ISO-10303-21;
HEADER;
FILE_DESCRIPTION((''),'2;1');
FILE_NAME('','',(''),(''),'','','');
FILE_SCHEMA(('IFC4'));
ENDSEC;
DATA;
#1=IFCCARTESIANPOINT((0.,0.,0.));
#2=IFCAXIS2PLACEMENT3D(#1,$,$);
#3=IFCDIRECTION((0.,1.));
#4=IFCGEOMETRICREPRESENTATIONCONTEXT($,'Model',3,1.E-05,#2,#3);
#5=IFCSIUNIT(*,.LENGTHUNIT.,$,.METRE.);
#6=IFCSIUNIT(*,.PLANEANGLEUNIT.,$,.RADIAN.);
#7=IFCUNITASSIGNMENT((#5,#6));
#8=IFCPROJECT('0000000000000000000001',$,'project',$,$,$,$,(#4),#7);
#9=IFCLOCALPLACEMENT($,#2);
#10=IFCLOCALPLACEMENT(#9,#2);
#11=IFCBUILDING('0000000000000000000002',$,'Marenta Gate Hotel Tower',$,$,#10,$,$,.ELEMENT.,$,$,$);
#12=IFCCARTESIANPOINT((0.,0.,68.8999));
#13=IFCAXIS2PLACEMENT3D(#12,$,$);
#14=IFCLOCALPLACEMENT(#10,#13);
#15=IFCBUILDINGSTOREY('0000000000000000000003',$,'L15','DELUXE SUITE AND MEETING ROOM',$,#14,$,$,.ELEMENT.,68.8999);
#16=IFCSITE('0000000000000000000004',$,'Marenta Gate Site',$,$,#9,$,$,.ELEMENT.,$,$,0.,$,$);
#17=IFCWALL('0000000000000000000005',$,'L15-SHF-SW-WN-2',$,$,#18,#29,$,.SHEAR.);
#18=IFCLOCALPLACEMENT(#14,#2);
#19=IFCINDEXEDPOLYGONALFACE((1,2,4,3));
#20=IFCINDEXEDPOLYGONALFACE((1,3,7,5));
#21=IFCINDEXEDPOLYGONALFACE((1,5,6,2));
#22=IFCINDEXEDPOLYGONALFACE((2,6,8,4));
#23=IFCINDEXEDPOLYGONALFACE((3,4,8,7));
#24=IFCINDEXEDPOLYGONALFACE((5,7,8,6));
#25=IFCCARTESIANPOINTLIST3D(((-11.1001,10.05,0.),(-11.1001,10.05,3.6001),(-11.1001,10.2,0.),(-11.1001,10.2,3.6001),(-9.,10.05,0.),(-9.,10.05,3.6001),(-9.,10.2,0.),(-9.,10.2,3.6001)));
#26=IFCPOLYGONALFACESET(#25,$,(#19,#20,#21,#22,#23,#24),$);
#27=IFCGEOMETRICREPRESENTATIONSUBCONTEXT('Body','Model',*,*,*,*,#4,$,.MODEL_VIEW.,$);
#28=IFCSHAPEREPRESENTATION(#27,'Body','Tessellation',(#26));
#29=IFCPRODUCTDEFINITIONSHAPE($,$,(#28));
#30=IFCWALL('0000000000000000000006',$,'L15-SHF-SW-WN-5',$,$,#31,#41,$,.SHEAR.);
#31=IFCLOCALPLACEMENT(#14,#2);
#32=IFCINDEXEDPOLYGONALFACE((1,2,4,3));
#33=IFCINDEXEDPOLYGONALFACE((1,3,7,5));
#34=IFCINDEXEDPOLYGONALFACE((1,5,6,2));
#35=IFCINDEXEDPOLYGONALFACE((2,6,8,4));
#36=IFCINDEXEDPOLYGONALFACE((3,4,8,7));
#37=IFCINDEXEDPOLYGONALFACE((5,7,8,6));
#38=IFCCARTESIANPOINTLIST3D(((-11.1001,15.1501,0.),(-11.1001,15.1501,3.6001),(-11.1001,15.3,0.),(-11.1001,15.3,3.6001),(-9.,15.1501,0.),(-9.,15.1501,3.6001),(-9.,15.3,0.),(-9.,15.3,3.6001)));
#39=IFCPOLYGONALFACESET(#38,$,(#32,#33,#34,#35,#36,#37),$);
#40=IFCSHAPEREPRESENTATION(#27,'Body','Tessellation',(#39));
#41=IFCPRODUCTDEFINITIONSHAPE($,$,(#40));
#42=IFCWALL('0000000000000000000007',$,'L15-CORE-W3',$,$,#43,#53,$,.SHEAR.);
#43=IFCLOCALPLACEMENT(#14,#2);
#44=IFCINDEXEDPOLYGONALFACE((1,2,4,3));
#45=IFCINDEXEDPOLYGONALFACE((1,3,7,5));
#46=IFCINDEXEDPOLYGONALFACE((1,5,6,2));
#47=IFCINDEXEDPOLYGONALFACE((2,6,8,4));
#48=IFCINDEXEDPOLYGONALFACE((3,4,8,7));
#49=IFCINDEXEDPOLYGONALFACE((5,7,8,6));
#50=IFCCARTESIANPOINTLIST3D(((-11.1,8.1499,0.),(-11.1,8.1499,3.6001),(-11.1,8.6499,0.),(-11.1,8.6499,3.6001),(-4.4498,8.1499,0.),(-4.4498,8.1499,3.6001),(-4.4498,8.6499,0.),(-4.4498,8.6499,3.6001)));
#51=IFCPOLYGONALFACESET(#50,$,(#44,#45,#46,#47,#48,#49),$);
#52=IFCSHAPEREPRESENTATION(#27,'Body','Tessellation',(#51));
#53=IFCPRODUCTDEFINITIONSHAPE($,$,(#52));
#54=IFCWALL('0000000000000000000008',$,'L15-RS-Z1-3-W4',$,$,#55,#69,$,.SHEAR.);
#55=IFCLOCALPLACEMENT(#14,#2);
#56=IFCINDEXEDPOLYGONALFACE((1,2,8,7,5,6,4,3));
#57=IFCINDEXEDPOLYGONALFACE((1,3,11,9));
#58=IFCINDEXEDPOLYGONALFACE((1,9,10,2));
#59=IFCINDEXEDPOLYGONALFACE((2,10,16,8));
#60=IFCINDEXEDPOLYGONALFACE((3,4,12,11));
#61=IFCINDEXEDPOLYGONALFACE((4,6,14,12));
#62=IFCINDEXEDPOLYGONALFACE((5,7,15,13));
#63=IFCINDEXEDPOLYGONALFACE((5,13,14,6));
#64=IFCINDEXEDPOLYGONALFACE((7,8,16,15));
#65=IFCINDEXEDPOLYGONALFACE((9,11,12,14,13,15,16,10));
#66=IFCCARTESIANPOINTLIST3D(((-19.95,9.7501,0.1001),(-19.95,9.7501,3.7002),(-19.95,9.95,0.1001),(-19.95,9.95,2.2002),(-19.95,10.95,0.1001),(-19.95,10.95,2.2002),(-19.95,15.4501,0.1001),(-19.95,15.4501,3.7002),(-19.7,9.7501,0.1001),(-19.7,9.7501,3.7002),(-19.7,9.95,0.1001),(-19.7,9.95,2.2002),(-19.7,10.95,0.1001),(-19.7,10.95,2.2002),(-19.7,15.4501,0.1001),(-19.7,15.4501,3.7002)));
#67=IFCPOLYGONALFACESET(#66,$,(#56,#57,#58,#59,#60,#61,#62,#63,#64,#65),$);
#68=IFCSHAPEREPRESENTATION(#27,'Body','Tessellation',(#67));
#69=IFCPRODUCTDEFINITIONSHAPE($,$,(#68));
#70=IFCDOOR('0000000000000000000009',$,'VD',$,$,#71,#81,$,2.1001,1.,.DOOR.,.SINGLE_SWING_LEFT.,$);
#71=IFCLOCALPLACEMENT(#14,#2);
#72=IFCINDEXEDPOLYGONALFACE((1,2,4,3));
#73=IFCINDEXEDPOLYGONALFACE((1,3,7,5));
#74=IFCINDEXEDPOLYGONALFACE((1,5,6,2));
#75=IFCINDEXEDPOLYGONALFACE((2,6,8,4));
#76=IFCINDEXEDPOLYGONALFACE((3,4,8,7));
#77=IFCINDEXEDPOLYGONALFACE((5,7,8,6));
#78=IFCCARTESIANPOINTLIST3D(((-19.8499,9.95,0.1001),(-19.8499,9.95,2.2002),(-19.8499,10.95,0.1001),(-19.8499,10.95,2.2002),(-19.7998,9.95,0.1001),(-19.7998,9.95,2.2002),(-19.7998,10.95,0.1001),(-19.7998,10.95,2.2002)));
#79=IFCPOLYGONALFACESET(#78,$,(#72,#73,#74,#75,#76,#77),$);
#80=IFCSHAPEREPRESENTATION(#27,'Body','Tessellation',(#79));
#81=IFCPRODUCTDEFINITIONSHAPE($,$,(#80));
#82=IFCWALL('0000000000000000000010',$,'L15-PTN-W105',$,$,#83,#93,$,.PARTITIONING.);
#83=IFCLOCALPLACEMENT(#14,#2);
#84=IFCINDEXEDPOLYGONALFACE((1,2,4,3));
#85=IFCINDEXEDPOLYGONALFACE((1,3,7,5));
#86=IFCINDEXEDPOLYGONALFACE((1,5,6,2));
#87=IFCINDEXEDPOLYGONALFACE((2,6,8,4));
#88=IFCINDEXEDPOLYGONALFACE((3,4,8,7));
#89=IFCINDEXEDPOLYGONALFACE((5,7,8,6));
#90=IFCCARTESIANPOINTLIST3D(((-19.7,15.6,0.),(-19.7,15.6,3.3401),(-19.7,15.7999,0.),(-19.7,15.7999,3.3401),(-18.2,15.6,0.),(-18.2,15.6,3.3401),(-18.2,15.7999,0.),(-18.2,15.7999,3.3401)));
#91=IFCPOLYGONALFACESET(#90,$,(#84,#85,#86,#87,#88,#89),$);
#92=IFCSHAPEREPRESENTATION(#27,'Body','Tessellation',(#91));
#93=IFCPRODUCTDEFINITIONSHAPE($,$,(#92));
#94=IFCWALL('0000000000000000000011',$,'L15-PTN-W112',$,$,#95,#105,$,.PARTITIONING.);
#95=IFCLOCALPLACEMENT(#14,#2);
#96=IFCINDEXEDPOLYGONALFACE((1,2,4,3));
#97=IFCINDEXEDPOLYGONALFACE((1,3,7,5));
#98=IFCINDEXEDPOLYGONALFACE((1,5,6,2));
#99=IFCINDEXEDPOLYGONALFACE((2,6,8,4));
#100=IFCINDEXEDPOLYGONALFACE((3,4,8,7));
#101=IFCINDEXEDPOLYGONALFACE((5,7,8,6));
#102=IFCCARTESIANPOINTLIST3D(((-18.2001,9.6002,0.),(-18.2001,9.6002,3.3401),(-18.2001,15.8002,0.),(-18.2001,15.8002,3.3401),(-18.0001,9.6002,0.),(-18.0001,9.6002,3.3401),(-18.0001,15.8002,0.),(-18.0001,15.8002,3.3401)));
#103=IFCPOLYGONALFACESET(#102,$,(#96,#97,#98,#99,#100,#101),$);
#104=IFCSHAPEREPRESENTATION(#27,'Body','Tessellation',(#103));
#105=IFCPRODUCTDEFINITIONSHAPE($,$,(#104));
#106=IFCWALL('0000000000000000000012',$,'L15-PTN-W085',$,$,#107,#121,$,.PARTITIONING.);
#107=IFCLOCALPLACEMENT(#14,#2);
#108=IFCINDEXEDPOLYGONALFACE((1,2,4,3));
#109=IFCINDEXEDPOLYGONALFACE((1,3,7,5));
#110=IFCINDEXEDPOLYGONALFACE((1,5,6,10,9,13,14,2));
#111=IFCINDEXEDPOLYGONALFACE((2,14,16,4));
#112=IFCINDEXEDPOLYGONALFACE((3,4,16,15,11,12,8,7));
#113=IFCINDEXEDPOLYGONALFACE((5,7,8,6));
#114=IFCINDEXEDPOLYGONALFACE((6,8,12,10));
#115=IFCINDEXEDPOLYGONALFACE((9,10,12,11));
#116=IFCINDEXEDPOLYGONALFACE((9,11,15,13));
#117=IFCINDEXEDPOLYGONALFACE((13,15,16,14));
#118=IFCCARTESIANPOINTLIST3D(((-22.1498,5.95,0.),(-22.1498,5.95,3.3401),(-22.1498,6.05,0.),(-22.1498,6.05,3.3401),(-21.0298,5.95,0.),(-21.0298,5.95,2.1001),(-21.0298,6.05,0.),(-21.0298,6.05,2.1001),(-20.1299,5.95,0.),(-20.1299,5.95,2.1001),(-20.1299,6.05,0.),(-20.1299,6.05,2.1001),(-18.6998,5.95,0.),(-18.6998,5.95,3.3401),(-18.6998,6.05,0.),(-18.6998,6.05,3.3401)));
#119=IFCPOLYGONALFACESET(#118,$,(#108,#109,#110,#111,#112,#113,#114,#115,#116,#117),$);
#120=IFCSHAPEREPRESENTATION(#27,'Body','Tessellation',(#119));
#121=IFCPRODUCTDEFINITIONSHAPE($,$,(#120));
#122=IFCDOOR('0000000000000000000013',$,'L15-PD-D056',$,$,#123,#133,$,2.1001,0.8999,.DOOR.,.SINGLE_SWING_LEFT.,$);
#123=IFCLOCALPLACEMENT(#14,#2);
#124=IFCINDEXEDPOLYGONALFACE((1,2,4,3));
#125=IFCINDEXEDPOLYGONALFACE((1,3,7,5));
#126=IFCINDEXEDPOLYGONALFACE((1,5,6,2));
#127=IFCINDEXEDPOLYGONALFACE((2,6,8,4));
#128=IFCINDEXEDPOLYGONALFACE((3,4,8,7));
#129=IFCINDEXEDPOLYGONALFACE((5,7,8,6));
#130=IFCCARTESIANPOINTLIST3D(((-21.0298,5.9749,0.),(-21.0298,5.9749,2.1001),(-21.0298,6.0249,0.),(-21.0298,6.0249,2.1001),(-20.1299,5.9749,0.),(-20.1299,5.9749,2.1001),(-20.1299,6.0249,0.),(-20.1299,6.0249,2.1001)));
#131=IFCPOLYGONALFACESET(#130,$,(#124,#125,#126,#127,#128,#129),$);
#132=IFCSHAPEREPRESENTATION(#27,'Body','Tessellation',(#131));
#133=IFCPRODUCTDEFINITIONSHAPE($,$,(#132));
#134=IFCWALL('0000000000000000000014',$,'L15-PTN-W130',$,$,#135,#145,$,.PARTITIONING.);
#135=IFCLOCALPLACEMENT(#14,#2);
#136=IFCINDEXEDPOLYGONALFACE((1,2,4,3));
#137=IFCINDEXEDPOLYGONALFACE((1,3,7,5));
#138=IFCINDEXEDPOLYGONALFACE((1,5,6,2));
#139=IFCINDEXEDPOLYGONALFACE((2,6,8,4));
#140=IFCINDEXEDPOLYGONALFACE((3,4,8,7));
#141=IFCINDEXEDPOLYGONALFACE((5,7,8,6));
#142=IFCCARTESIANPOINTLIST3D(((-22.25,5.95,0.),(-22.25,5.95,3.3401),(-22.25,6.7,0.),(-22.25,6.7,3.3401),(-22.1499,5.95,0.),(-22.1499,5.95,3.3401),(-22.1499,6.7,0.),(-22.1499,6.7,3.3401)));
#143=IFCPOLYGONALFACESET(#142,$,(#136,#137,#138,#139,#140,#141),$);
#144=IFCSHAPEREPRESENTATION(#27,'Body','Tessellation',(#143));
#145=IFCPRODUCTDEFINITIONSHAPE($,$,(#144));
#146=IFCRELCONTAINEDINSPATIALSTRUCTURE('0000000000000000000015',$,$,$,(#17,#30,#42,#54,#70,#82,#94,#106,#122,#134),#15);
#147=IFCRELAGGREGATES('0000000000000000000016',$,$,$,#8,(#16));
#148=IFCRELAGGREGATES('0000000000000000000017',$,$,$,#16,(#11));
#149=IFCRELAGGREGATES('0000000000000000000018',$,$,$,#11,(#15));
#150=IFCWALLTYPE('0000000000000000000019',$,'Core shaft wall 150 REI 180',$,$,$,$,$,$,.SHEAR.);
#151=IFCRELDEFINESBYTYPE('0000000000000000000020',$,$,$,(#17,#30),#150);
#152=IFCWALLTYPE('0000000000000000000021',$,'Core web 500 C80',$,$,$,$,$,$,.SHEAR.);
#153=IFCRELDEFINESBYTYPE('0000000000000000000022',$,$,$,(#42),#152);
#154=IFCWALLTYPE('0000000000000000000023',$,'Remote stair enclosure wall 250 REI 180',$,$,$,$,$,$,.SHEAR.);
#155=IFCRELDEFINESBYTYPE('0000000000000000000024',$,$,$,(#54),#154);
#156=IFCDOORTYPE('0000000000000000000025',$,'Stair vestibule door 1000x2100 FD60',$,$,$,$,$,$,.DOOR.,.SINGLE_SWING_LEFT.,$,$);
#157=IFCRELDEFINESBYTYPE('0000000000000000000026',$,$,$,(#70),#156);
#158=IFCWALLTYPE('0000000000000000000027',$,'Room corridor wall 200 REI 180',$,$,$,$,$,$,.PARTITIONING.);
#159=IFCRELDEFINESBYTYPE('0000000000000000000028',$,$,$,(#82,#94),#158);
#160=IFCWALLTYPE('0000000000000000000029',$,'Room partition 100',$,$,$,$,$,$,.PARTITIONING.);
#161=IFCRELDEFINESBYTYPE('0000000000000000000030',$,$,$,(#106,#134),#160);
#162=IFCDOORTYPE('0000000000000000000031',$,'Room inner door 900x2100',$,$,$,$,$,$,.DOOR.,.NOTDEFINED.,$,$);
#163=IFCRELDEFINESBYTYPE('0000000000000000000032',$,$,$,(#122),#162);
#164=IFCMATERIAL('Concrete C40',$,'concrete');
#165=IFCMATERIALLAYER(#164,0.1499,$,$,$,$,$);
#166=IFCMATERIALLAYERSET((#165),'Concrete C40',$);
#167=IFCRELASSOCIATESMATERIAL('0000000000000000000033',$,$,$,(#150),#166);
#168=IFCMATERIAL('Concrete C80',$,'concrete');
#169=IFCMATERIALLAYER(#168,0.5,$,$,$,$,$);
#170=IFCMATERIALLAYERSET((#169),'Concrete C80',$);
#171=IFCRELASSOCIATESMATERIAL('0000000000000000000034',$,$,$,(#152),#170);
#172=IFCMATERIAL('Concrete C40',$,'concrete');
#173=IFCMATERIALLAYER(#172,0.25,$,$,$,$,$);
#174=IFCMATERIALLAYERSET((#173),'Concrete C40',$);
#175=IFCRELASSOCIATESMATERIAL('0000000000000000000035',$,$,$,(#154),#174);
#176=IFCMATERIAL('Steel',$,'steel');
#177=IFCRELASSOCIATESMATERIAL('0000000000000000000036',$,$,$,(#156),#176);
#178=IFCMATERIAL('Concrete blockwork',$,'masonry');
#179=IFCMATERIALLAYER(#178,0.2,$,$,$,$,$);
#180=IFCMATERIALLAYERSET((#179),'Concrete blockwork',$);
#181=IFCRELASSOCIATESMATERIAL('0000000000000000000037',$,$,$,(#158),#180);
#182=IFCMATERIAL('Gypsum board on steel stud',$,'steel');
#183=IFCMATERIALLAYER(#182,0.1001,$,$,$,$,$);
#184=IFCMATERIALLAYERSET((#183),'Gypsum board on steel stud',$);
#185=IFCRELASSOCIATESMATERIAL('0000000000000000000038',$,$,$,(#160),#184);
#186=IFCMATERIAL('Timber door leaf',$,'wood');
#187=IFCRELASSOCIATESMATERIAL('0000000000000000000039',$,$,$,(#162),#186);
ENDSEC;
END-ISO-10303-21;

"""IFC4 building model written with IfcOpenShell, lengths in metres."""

from ifc_helpers import new_model, si_unit, direction, frame, frame_2d, origin, place, context, subcontext, project, spatial, rectangle, extrude, material, layer, layer_set, type_object, element, fill, save


model = new_model("IFC4")

# Units and contexts
model_context = context("Model", 3, precision=1e-05, world=origin(), true_north=direction((0.0, 1.0)))
body_context = subcontext(model_context, "Body", "Model", "MODEL_VIEW")
ifc_project = project(units=[si_unit("LENGTHUNIT", "METRE"), si_unit("PLANEANGLEUNIT", "RADIAN")], contexts=[model_context])

# Site, building, storey
site_placement = place(None, origin())
site = spatial("IfcSite", under=ifc_project, at=site_placement, Name="Marenta Gate Site", CompositionType="ELEMENT", RefElevation=0.0)
building_placement = place(site_placement, origin())
building = spatial("IfcBuilding", under=site, at=building_placement, Name="Marenta Gate Hotel Tower", CompositionType="ELEMENT")
storey_placement = place(building_placement, frame((0.0, 0.0, 68.8999)))
storey = spatial("IfcBuildingStorey", under=building, at=storey_placement, Name="L15", Description="DELUXE SUITE AND MEETING ROOM", CompositionType="ELEMENT", Elevation=68.8999)

# Walls
ifc_material_1 = material(Name="Concrete C40", Category="concrete")
ifc_layer_1 = layer(ifc_material_1, 0.1499)
ifc_layer_set_1 = layer_set([ifc_layer_1], Name="Concrete C40")
wall_type_1 = type_object("IfcWallType", Name="Core shaft wall 150 REI 180", PredefinedType="SHEAR", material=ifc_layer_set_1)
for number, where, z_axis, x_axis, name in (
    (1, (-11.1001, 10.125, 0.0), (0.0, 0.0, 1.0), (1.0, 0.0, 0.0), "L15-SHF-SW-WN-2"),
    (2, (-11.1001, 15.2251, 0.0), (0.0, 0.0, 1.0), (1.0, 0.0, 0.0), "L15-SHF-SW-WN-5"),
):
    element("IfcWall", number, at=place(storey_placement, frame(where, z_axis=z_axis, x_axis=x_axis)), inside=storey, type_object=wall_type_1, Name=name, PredefinedType="SHEAR", context=body_context, shape_type="SweptSolid", body=[
        extrude(rectangle(XDim=2.1001, YDim=0.1499, at=frame_2d((1.05, 0.0))), origin(), (0.0, 0.0, 1.0), 3.6001),
    ])
ifc_material_2 = material(Name="Concrete C80", Category="concrete")
ifc_layer_2 = layer(ifc_material_2, 0.5)
ifc_layer_set_2 = layer_set([ifc_layer_2], Name="Concrete C80")
wall_type_2 = type_object("IfcWallType", Name="Core web 500 C80", PredefinedType="SHEAR", material=ifc_layer_set_2)
wall_1_placement = place(storey_placement, frame((-11.1001, 8.3999, 0.0), z_axis=(0.0, 0.0, 1.0), x_axis=(1.0, 0.0, 0.0)))
element("IfcWall", 3, at=wall_1_placement, inside=storey, type_object=wall_type_2, Name="L15-CORE-W3", PredefinedType="SHEAR", context=body_context, shape_type="SweptSolid", body=[
    extrude(rectangle(XDim=6.6501, YDim=0.5, at=frame_2d((3.3252, 0.0))), origin(), (0.0, 0.0, 1.0), 3.6001),
])

# Wall, opening, door
ifc_material_3 = material(Name="Concrete C40", Category="concrete")
ifc_layer_3 = layer(ifc_material_3, 0.25)
ifc_layer_set_3 = layer_set([ifc_layer_3], Name="Concrete C40")
wall_type_3 = type_object("IfcWallType", Name="Remote stair enclosure wall 250 REI 180", PredefinedType="SHEAR", material=ifc_layer_set_3)
wall_2_placement = place(storey_placement, frame((-19.825, 9.75, 0.1001), z_axis=(0.0, 0.0, 1.0), x_axis=(0.0, 1.0, 0.0)))
wall_2 = element("IfcWall", 4, at=wall_2_placement, inside=storey, type_object=wall_type_3, Name="L15-RS-Z1-3-W4", PredefinedType="SHEAR", context=body_context, shape_type="SweptSolid", body=[
    extrude(rectangle(XDim=5.7, YDim=0.25, at=frame_2d((2.8501, 0.0))), origin(), (0.0, 0.0, 1.0), 3.6001),
])
opening_1_placement = place(wall_2_placement, frame((0.2, 0.0, 0.0)))
opening_1 = element("IfcOpeningElement", 5, at=opening_1_placement, cuts=wall_2, PredefinedType="OPENING", context=body_context, shape_type="SweptSolid", body=[
    extrude(rectangle(XDim=1.0, YDim=2.1001, at=frame_2d((0.5, 1.05))), frame((0.0, 0.125, 0.0), z_axis=(0.0, -1.0, 0.0), x_axis=(1.0, 0.0, 0.0)), (0.0, 0.0, 1.0), 0.25),
])
ifc_material_4 = material(Name="Steel", Category="steel")
door_type_1 = type_object("IfcDoorType", Name="Stair vestibule door 1000x2100 FD60", OperationType="SINGLE_SWING_LEFT", PredefinedType="DOOR", material=ifc_material_4)
door_1_placement = place(opening_1_placement, origin())
door_1 = element("IfcDoor", 6, at=door_1_placement, inside=storey, type_object=door_type_1, Name="VD", OperationType="SINGLE_SWING_LEFT", OverallHeight=2.1001, OverallWidth=1.0, PredefinedType="DOOR", context=body_context, shape_type="SweptSolid", body=[
    extrude(rectangle(XDim=1.0, YDim=2.1001, at=frame_2d((0.5, 1.05))), frame((0.0, 0.0249, 0.0), z_axis=(0.0, -1.0, 0.0), x_axis=(1.0, 0.0, 0.0)), (0.0, 0.0, 1.0), 0.05),
])
fill(opening_1, door_1)

# Shared definitions
ifc_material_5 = material(Name="Concrete blockwork", Category="masonry")
ifc_layer_4 = layer(ifc_material_5, 0.2)
ifc_layer_set_4 = layer_set([ifc_layer_4], Name="Concrete blockwork")
wall_type_4 = type_object("IfcWallType", Name="Room corridor wall 200 REI 180", PredefinedType="PARTITIONING", material=ifc_layer_set_4)

# Walls
wall_3_placement = place(storey_placement, frame((-19.7, 15.7, 0.0), z_axis=(0.0, 0.0, 1.0), x_axis=(1.0, 0.0, 0.0)))
element("IfcWall", 7, at=wall_3_placement, inside=storey, type_object=wall_type_4, Name="L15-PTN-W105", PredefinedType="PARTITIONING", context=body_context, shape_type="SweptSolid", body=[
    extrude(rectangle(XDim=1.5, YDim=0.2, at=frame_2d((0.75, 0.0))), origin(), (0.0, 0.0, 1.0), 3.3401),
])
wall_4_placement = place(storey_placement, frame((-18.1001, 9.6001, 0.0), z_axis=(0.0, 0.0, 1.0), x_axis=(0.0, 1.0, 0.0)))
element("IfcWall", 8, at=wall_4_placement, inside=storey, type_object=wall_type_4, Name="L15-PTN-W112", PredefinedType="PARTITIONING", context=body_context, shape_type="SweptSolid", body=[
    extrude(rectangle(XDim=6.2, YDim=0.2, at=frame_2d((3.1001, 0.0))), origin(), (0.0, 0.0, 1.0), 3.3401),
])

# Wall, opening, door
ifc_material_6 = material(Name="Gypsum board on steel stud", Category="steel")
ifc_layer_5 = layer(ifc_material_6, 0.1001)
ifc_layer_set_5 = layer_set([ifc_layer_5], Name="Gypsum board on steel stud")
wall_type_5 = type_object("IfcWallType", Name="Room partition 100", PredefinedType="PARTITIONING", material=ifc_layer_set_5)
wall_5_placement = place(storey_placement, frame((-22.1499, 6.0, 0.0), z_axis=(0.0, 0.0, 1.0), x_axis=(1.0, 0.0, 0.0)))
wall_5 = element("IfcWall", 9, at=wall_5_placement, inside=storey, type_object=wall_type_5, Name="L15-PTN-W085", PredefinedType="PARTITIONING", context=body_context, shape_type="SweptSolid", body=[
    extrude(rectangle(XDim=3.45, YDim=0.1001, at=frame_2d((1.7251, 0.0))), origin(), (0.0, 0.0, 1.0), 3.3401),
])
opening_2_placement = place(wall_5_placement, frame((1.1201, 0.0, 0.0)))
opening_2 = element("IfcOpeningElement", 10, at=opening_2_placement, cuts=wall_5, PredefinedType="OPENING", context=body_context, shape_type="SweptSolid", body=[
    extrude(rectangle(XDim=0.8999, YDim=2.1001, at=frame_2d((0.45, 1.05))), frame((0.0, 0.05, 0.0), z_axis=(0.0, -1.0, 0.0), x_axis=(1.0, 0.0, 0.0)), (0.0, 0.0, 1.0), 0.1001),
])
ifc_material_7 = material(Name="Timber door leaf", Category="wood")
door_type_2 = type_object("IfcDoorType", Name="Room inner door 900x2100", OperationType="NOTDEFINED", PredefinedType="DOOR", material=ifc_material_7)
door_2_placement = place(opening_2_placement, origin())
door_2 = element("IfcDoor", 11, at=door_2_placement, inside=storey, type_object=door_type_2, Name="L15-PD-D056", OperationType="SINGLE_SWING_LEFT", OverallHeight=2.1001, OverallWidth=0.8999, PredefinedType="DOOR", context=body_context, shape_type="SweptSolid", body=[
    extrude(rectangle(XDim=0.8999, YDim=2.1001, at=frame_2d((0.45, 1.05))), frame((0.0, 0.0249, 0.0), z_axis=(0.0, -1.0, 0.0), x_axis=(1.0, 0.0, 0.0)), (0.0, 0.0, 1.0), 0.05),
])
fill(opening_2, door_2)

# Wall
wall_6_placement = place(storey_placement, frame((-22.2, 5.95, 0.0), z_axis=(0.0, 0.0, 1.0), x_axis=(0.0, 1.0, 0.0)))
element("IfcWall", 12, at=wall_6_placement, inside=storey, type_object=wall_type_5, Name="L15-PTN-W130", PredefinedType="PARTITIONING", context=body_context, shape_type="SweptSolid", body=[
    extrude(rectangle(XDim=0.75, YDim=0.1001, at=frame_2d((0.375, 0.0))), origin(), (0.0, 0.0, 1.0), 3.3401),
])

save(model, "model.ifc")
